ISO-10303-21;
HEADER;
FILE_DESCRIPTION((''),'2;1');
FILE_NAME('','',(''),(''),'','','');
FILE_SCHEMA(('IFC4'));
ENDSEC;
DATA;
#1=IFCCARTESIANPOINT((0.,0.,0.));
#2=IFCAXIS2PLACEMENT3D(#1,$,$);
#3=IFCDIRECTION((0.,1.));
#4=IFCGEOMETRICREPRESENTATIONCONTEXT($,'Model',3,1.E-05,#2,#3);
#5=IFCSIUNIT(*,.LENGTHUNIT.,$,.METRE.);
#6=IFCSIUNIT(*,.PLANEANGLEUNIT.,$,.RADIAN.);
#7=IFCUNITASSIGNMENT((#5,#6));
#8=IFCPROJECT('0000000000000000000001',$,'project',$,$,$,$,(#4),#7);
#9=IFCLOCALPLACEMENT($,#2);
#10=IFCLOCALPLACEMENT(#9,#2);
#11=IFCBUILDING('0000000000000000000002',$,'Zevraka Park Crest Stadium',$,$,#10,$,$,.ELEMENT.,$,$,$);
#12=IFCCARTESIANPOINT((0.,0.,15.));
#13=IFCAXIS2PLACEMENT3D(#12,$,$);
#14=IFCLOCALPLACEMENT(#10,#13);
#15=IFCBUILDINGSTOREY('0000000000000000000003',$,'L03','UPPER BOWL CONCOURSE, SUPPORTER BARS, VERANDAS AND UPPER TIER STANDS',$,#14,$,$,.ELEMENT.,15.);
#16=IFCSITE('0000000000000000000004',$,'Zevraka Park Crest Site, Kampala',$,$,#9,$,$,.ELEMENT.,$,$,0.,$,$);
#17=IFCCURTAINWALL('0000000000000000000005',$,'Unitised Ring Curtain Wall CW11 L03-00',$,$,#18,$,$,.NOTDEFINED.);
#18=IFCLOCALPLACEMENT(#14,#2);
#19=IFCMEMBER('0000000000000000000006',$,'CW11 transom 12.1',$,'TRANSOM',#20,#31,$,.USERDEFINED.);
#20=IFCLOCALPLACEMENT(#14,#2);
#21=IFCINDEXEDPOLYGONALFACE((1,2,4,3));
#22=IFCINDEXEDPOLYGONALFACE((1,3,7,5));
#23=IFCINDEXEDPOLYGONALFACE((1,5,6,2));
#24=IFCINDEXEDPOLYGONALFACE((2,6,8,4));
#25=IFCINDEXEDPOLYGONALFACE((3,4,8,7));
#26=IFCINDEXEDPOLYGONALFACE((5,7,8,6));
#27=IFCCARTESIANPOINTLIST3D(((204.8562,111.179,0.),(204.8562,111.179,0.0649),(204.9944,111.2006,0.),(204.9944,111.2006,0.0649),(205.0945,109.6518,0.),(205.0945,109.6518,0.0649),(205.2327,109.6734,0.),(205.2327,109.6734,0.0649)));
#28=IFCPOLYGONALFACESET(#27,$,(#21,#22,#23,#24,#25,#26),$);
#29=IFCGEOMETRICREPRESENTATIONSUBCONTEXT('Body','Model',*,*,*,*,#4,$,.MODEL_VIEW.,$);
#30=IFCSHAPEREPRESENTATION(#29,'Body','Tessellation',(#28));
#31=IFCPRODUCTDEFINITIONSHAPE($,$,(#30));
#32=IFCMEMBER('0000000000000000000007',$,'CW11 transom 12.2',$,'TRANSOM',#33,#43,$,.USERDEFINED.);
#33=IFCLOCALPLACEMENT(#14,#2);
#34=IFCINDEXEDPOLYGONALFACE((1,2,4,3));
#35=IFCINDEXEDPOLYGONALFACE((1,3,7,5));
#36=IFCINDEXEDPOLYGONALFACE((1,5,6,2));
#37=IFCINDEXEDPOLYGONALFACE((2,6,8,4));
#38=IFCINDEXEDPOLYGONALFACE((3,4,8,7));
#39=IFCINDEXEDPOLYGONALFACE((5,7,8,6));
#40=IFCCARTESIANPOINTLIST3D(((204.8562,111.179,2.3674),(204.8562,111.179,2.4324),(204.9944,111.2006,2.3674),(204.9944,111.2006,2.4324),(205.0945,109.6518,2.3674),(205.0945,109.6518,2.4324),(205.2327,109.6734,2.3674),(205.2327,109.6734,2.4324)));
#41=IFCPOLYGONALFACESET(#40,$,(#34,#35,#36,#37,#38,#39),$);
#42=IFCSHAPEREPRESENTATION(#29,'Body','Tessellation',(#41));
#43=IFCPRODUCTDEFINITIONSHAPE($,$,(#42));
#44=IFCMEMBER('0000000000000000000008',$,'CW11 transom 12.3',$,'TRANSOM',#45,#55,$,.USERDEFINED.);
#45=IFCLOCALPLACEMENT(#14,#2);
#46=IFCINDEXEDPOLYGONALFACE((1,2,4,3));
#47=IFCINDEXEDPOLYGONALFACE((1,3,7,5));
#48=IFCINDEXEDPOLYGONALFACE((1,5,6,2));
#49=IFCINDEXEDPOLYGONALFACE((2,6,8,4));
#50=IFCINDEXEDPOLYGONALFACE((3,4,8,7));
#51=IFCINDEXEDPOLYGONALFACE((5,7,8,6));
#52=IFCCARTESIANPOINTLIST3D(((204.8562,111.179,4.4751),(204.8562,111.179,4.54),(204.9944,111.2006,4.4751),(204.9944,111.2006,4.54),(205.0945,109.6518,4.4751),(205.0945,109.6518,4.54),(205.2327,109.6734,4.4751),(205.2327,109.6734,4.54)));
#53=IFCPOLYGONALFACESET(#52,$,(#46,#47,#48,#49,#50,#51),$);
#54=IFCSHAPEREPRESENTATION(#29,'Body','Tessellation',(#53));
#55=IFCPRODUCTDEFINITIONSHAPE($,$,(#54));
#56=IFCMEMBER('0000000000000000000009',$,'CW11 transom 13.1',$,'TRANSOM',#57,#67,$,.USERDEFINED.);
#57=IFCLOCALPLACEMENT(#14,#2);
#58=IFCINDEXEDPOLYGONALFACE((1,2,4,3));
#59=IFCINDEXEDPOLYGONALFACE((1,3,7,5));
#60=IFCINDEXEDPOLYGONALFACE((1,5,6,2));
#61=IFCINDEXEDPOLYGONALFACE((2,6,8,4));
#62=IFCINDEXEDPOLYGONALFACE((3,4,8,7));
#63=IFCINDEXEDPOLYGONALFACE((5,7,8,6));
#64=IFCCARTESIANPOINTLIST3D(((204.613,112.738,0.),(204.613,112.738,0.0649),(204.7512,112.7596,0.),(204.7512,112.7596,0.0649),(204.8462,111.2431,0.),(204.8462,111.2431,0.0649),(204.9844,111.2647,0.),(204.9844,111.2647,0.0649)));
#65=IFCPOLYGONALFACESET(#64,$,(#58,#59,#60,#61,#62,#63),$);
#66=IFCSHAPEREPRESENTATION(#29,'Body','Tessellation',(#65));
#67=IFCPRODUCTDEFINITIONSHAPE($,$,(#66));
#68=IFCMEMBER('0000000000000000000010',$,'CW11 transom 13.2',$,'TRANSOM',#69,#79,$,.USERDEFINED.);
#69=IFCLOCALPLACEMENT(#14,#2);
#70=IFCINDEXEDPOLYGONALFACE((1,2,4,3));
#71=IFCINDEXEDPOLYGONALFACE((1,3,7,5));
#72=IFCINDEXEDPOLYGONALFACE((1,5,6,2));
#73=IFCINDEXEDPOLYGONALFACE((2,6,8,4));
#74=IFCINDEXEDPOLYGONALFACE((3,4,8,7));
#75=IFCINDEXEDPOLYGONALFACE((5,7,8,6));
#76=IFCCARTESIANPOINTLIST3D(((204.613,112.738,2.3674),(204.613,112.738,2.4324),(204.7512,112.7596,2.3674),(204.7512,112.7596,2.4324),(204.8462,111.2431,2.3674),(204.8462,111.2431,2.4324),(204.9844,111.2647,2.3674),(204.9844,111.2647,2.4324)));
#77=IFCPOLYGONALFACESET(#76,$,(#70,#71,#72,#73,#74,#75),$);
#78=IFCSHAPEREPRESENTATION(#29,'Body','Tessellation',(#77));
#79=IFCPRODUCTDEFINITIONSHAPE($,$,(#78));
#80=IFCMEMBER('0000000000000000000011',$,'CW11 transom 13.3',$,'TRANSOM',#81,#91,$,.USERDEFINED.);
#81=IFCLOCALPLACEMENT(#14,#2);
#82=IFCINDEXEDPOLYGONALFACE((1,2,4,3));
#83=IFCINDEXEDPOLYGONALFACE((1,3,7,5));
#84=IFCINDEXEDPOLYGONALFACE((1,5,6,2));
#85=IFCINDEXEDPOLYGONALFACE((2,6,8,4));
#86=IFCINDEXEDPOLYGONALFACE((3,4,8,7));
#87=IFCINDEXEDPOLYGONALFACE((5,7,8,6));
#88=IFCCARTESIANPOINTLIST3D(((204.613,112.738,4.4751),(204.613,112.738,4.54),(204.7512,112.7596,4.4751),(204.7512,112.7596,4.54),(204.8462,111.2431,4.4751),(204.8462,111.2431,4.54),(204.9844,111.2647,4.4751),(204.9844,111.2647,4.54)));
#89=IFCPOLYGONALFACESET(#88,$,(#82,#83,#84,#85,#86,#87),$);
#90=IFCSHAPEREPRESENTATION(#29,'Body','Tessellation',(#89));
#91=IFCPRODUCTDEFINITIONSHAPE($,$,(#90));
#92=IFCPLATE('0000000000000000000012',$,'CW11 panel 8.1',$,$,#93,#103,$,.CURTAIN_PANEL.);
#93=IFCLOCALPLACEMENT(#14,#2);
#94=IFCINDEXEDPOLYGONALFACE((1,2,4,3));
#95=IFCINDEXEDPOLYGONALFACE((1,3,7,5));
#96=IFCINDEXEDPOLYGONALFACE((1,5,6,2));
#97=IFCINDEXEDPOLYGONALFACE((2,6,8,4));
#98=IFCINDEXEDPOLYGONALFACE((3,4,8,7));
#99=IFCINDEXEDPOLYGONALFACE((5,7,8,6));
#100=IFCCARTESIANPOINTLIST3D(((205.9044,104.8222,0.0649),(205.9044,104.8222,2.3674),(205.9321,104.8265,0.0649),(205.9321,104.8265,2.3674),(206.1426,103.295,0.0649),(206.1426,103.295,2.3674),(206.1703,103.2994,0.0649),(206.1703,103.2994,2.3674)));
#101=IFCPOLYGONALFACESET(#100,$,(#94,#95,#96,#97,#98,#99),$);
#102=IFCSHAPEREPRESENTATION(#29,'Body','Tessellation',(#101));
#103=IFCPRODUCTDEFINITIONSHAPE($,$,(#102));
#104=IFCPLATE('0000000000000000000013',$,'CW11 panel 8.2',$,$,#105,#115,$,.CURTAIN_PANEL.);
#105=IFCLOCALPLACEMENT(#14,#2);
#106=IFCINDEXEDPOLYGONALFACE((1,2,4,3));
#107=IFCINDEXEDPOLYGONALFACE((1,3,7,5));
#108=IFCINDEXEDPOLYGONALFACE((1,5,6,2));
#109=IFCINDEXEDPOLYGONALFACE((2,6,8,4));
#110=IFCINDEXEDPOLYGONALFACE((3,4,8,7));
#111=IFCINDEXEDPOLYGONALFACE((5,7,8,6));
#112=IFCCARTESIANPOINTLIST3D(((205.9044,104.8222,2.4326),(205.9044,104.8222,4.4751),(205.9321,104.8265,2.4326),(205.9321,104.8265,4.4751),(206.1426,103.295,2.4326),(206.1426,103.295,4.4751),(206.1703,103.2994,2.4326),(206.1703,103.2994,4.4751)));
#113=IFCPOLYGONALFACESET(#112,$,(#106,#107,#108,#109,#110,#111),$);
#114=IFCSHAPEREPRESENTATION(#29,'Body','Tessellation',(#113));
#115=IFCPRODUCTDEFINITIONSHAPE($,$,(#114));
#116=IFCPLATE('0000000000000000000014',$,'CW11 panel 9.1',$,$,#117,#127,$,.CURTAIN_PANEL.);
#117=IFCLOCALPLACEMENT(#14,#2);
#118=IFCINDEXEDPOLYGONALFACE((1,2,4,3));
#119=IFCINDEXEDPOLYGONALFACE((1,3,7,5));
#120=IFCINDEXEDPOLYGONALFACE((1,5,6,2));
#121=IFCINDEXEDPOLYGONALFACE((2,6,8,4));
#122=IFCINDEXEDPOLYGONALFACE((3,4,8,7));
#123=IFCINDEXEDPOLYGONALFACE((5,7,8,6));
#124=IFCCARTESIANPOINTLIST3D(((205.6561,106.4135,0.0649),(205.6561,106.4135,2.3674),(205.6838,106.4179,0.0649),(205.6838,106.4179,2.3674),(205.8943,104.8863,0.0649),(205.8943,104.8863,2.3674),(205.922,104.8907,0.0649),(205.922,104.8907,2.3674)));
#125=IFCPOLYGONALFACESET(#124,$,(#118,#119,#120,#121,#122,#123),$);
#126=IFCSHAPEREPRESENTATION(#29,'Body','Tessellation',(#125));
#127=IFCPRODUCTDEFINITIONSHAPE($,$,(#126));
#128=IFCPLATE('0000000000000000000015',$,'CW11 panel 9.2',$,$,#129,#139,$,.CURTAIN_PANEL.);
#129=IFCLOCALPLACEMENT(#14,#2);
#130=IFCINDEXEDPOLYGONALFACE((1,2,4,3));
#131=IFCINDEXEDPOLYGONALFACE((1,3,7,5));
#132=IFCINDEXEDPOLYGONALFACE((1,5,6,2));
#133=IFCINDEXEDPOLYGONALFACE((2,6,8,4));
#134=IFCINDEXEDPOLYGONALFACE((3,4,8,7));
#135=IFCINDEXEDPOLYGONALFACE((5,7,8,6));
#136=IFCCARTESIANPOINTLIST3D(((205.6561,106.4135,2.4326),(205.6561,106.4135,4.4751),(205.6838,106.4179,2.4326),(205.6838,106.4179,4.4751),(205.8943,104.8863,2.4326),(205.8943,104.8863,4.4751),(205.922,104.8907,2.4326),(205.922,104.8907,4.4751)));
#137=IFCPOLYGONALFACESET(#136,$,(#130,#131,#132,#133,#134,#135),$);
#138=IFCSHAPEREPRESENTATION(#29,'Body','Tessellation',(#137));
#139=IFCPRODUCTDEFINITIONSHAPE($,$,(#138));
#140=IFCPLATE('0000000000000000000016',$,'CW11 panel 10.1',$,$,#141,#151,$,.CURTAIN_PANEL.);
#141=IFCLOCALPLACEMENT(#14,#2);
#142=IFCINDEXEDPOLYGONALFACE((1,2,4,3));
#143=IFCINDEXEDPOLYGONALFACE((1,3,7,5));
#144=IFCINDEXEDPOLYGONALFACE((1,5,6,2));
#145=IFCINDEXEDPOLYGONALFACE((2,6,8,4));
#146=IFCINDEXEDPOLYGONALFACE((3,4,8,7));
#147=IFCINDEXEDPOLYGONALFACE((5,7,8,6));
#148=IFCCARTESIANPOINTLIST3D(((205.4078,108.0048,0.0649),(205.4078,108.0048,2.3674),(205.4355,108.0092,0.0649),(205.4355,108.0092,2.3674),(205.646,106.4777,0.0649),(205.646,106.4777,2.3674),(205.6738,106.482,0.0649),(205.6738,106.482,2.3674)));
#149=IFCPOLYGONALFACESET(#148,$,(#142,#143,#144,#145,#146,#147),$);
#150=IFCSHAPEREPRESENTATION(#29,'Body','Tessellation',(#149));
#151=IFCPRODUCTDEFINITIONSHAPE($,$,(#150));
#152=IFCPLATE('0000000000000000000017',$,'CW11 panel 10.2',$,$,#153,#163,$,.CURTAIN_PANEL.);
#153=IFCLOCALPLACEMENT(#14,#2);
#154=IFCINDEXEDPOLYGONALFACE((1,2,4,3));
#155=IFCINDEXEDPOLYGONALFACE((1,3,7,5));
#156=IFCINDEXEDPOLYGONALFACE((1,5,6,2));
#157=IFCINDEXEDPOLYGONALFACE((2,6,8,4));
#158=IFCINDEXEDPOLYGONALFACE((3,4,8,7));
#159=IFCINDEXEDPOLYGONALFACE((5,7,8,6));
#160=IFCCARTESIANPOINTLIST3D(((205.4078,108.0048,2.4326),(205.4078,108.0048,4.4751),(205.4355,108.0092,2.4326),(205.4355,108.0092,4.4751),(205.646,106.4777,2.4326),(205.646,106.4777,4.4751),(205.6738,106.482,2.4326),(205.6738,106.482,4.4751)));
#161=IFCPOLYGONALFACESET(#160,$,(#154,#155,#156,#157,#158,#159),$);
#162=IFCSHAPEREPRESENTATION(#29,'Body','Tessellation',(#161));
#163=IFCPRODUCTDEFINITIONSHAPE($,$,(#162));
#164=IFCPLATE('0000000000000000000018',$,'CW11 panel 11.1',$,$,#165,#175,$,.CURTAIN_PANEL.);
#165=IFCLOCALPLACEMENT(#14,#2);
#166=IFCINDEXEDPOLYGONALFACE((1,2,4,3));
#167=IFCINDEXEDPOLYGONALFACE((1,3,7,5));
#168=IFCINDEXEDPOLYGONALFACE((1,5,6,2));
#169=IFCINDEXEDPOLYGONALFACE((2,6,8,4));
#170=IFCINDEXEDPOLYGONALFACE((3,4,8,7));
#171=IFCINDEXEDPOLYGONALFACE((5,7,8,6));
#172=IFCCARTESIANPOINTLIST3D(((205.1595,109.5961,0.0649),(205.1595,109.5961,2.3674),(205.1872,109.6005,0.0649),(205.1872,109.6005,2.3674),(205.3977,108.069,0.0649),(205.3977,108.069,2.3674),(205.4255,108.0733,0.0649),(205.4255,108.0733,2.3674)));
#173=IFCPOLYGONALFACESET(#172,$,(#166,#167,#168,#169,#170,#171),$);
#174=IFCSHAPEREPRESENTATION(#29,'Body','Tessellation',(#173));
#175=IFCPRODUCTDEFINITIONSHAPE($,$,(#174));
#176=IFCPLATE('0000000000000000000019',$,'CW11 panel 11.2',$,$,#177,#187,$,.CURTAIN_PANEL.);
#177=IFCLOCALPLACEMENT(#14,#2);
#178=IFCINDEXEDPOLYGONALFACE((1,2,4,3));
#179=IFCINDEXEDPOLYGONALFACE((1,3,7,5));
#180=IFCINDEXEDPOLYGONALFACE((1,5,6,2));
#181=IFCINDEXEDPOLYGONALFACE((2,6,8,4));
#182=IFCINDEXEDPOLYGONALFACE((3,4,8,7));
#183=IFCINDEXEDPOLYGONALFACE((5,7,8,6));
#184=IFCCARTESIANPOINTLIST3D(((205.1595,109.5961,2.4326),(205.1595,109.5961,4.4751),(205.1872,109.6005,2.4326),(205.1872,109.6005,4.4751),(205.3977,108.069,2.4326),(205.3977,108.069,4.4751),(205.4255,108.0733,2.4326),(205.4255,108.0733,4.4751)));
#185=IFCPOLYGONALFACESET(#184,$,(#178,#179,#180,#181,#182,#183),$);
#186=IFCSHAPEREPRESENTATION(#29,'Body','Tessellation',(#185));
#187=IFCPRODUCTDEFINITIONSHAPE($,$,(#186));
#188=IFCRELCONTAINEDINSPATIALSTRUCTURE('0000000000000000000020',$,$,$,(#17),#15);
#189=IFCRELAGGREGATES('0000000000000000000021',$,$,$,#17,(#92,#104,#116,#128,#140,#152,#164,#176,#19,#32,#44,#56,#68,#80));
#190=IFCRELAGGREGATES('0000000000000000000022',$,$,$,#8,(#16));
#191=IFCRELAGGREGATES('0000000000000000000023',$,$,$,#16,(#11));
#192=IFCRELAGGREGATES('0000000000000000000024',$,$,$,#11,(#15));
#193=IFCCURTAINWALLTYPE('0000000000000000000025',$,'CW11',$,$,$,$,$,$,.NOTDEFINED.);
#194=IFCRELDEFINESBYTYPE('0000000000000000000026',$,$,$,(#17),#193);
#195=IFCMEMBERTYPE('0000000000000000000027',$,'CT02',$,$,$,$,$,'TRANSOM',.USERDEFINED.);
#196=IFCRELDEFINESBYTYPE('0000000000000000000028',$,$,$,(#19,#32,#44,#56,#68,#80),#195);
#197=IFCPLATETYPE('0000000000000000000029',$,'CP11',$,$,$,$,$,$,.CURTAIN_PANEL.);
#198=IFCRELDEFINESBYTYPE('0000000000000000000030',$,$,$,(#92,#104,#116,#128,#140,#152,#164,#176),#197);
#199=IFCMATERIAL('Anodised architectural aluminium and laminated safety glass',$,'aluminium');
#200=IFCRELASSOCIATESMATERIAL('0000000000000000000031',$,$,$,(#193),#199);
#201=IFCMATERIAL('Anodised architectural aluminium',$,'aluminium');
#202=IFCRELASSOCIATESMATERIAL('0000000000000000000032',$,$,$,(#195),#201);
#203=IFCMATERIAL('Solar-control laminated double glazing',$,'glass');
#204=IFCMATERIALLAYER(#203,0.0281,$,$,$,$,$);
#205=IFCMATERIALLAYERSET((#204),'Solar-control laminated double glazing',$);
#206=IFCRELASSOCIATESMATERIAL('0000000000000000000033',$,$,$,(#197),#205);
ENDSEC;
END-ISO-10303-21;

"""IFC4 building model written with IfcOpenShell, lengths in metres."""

from ifc_helpers import new_model, si_unit, direction, frame, origin, origin_2d, place, context, subcontext, project, spatial, rectangle, extrude, material, layer, layer_set, material_profile, profile_set, type_object, element, aggregate, save


model = new_model("IFC4")

# Units and contexts
model_context = context("Model", 3, precision=1e-05, world=origin(), true_north=direction((0.0, 1.0)))
body_context = subcontext(model_context, "Body", "Model", "MODEL_VIEW")
ifc_project = project(units=[si_unit("LENGTHUNIT", "METRE"), si_unit("PLANEANGLEUNIT", "RADIAN")], contexts=[model_context])

# Site, building, storey
site_placement = place(None, origin())
site = spatial("IfcSite", under=ifc_project, at=site_placement, Name="Zevraka Park Crest Site, Kampala", CompositionType="ELEMENT", RefElevation=0.0)
building_placement = place(site_placement, origin())
building = spatial("IfcBuilding", under=site, at=building_placement, Name="Zevraka Park Crest Stadium", CompositionType="ELEMENT")
storey_placement = place(building_placement, frame((0.0, 0.0, 15.0)))
storey = spatial("IfcBuildingStorey", under=building, at=storey_placement, Name="L03", Description="UPPER BOWL CONCOURSE, SUPPORTER BARS, VERANDAS AND UPPER TIER STANDS", CompositionType="ELEMENT", Elevation=15.0)

# Curtain wall, members, plates
ifc_material_1 = material(Name="Anodised architectural aluminium and laminated safety glass", Category="aluminium")
curtain_wall_type = type_object("IfcCurtainWallType", Name="CW11", PredefinedType="NOTDEFINED", material=ifc_material_1)
curtain_wall_placement = place(storey_placement, origin())
curtain_wall = element("IfcCurtainWall", 1, at=curtain_wall_placement, inside=storey, type_object=curtain_wall_type, Name="Unitised Ring Curtain Wall CW11 L03-00", PredefinedType="NOTDEFINED")
ifc_material_2 = material(Name="Anodised architectural aluminium", Category="aluminium")
ifc_material_profile_1 = material_profile(ifc_material_2, rectangle(XDim=0.1399, YDim=0.0649, at=origin_2d()), Name="ALU TRANSOM 140x65")
ifc_profile_set_1 = profile_set([ifc_material_profile_1], Name="Anodised architectural aluminium")
member_type_1 = type_object("IfcMemberType", Name="CT02", ElementType="TRANSOM", PredefinedType="USERDEFINED", material=ifc_profile_set_1)
member_1_placement = place(storey_placement, frame((205.1636, 109.6626, 0.0325), z_axis=(-0.15417, 0.988044, 0.0), x_axis=(-0.988044, -0.15417, 0.0)))
member_1 = element("IfcMember", 2, at=member_1_placement, type_object=member_type_1, Name="CW11 transom 12.1", ObjectType="TRANSOM", PredefinedType="USERDEFINED", context=body_context, shape_type="SweptSolid", body=[
    extrude(rectangle(XDim=0.1399, YDim=0.0649, at=origin_2d()), origin(), (0.0, 0.0, 1.0), 1.5457),
])
member_2_placement = place(storey_placement, frame((205.1636, 109.6626, 2.3999), z_axis=(-0.15417, 0.988044, 0.0), x_axis=(-0.988044, -0.15417, 0.0)))
member_2 = element("IfcMember", 3, at=member_2_placement, type_object=member_type_1, Name="CW11 transom 12.2", ObjectType="TRANSOM", PredefinedType="USERDEFINED", context=body_context, shape_type="SweptSolid", body=[
    extrude(rectangle(XDim=0.1399, YDim=0.0649, at=origin_2d()), origin(), (0.0, 0.0, 1.0), 1.5457),
])
member_3_placement = place(storey_placement, frame((205.1636, 109.6626, 4.5076), z_axis=(-0.15417, 0.988044, 0.0), x_axis=(-0.988044, -0.15417, 0.0)))
member_3 = element("IfcMember", 4, at=member_3_placement, type_object=member_type_1, Name="CW11 transom 12.3", ObjectType="TRANSOM", PredefinedType="USERDEFINED", context=body_context, shape_type="SweptSolid", body=[
    extrude(rectangle(XDim=0.1399, YDim=0.0649, at=origin_2d()), origin(), (0.0, 0.0, 1.0), 1.5457),
])
member_4_placement = place(storey_placement, frame((204.9153, 111.2539, 0.0325), z_axis=(-0.154106, 0.988054, 0.0), x_axis=(-0.988054, -0.154106, 0.0)))
member_4 = element("IfcMember", 5, at=member_4_placement, type_object=member_type_1, Name="CW11 transom 13.1", ObjectType="TRANSOM", PredefinedType="USERDEFINED", context=body_context, shape_type="SweptSolid", body=[
    extrude(rectangle(XDim=0.1399, YDim=0.0649, at=origin_2d()), origin(), (0.0, 0.0, 1.0), 1.5129),
])
member_5_placement = place(storey_placement, frame((204.9153, 111.2539, 2.3999), z_axis=(-0.154106, 0.988054, 0.0), x_axis=(-0.988054, -0.154106, 0.0)))
member_5 = element("IfcMember", 6, at=member_5_placement, type_object=member_type_1, Name="CW11 transom 13.2", ObjectType="TRANSOM", PredefinedType="USERDEFINED", context=body_context, shape_type="SweptSolid", body=[
    extrude(rectangle(XDim=0.1399, YDim=0.0649, at=origin_2d()), origin(), (0.0, 0.0, 1.0), 1.5129),
])
member_6_placement = place(storey_placement, frame((204.9153, 111.2539, 4.5076), z_axis=(-0.154106, 0.988054, 0.0), x_axis=(-0.988054, -0.154106, 0.0)))
member_6 = element("IfcMember", 7, at=member_6_placement, type_object=member_type_1, Name="CW11 transom 13.3", ObjectType="TRANSOM", PredefinedType="USERDEFINED", context=body_context, shape_type="SweptSolid", body=[
    extrude(rectangle(XDim=0.1399, YDim=0.0649, at=origin_2d()), origin(), (0.0, 0.0, 1.0), 1.5129),
])
ifc_material_3 = material(Name="Solar-control laminated double glazing", Category="glass")
ifc_layer_1 = layer(ifc_material_3, 0.0281)
ifc_layer_set_1 = layer_set([ifc_layer_1], Name="Solar-control laminated double glazing")
plate_type = type_object("IfcPlateType", Name="CP11", PredefinedType="CURTAIN_PANEL", material=ifc_layer_set_1)
plate_1_placement = place(storey_placement, frame((206.0374, 104.0608, 0.0649), z_axis=(0.0, 0.0, 1.0), x_axis=(-0.154128, 0.988051, 0.0)))
plate_1 = element("IfcPlate", 8, at=plate_1_placement, type_object=plate_type, Name="CW11 panel 8.1", PredefinedType="CURTAIN_PANEL", context=body_context, shape_type="SweptSolid", body=[
    extrude(rectangle(XDim=1.5457, YDim=0.0281, at=origin_2d()), origin(), (0.0, 0.0, 1.0), 2.3025),
])
plate_2_placement = place(storey_placement, frame((206.0374, 104.0608, 2.4326), z_axis=(0.0, 0.0, 1.0), x_axis=(-0.154128, 0.988051, 0.0)))
plate_2 = element("IfcPlate", 9, at=plate_2_placement, type_object=plate_type, Name="CW11 panel 8.2", PredefinedType="CURTAIN_PANEL", context=body_context, shape_type="SweptSolid", body=[
    extrude(rectangle(XDim=1.5457, YDim=0.0281, at=origin_2d()), origin(), (0.0, 0.0, 1.0), 2.0425),
])
plate_3_placement = place(storey_placement, frame((205.7891, 105.6521, 0.0649), z_axis=(0.0, 0.0, 1.0), x_axis=(-0.154128, 0.988051, 0.0)))
plate_3 = element("IfcPlate", 10, at=plate_3_placement, type_object=plate_type, Name="CW11 panel 9.1", PredefinedType="CURTAIN_PANEL", context=body_context, shape_type="SweptSolid", body=[
    extrude(rectangle(XDim=1.5457, YDim=0.0281, at=origin_2d()), origin(), (0.0, 0.0, 1.0), 2.3025),
])
plate_4_placement = place(storey_placement, frame((205.7891, 105.6521, 2.4326), z_axis=(0.0, 0.0, 1.0), x_axis=(-0.154128, 0.988051, 0.0)))
plate_4 = element("IfcPlate", 11, at=plate_4_placement, type_object=plate_type, Name="CW11 panel 9.2", PredefinedType="CURTAIN_PANEL", context=body_context, shape_type="SweptSolid", body=[
    extrude(rectangle(XDim=1.5457, YDim=0.0281, at=origin_2d()), origin(), (0.0, 0.0, 1.0), 2.0425),
])
plate_5_placement = place(storey_placement, frame((205.5408, 107.2434, 0.0649), z_axis=(0.0, 0.0, 1.0), x_axis=(-0.154128, 0.988051, 0.0)))
plate_5 = element("IfcPlate", 12, at=plate_5_placement, type_object=plate_type, Name="CW11 panel 10.1", PredefinedType="CURTAIN_PANEL", context=body_context, shape_type="SweptSolid", body=[
    extrude(rectangle(XDim=1.5457, YDim=0.0281, at=origin_2d()), origin(), (0.0, 0.0, 1.0), 2.3025),
])
plate_6_placement = place(storey_placement, frame((205.5408, 107.2434, 2.4326), z_axis=(0.0, 0.0, 1.0), x_axis=(-0.154128, 0.988051, 0.0)))
plate_6 = element("IfcPlate", 13, at=plate_6_placement, type_object=plate_type, Name="CW11 panel 10.2", PredefinedType="CURTAIN_PANEL", context=body_context, shape_type="SweptSolid", body=[
    extrude(rectangle(XDim=1.5457, YDim=0.0281, at=origin_2d()), origin(), (0.0, 0.0, 1.0), 2.0425),
])
plate_7_placement = place(storey_placement, frame((205.2925, 108.8347, 0.0649), z_axis=(0.0, 0.0, 1.0), x_axis=(-0.154128, 0.988051, 0.0)))
plate_7 = element("IfcPlate", 14, at=plate_7_placement, type_object=plate_type, Name="CW11 panel 11.1", PredefinedType="CURTAIN_PANEL", context=body_context, shape_type="SweptSolid", body=[
    extrude(rectangle(XDim=1.5457, YDim=0.0281, at=origin_2d()), origin(), (0.0, 0.0, 1.0), 2.3025),
])
plate_8_placement = place(storey_placement, frame((205.2925, 108.8347, 2.4326), z_axis=(0.0, 0.0, 1.0), x_axis=(-0.154128, 0.988051, 0.0)))
plate_8 = element("IfcPlate", 15, at=plate_8_placement, type_object=plate_type, Name="CW11 panel 11.2", PredefinedType="CURTAIN_PANEL", context=body_context, shape_type="SweptSolid", body=[
    extrude(rectangle(XDim=1.5457, YDim=0.0281, at=origin_2d()), origin(), (0.0, 0.0, 1.0), 2.0425),
])
aggregate(curtain_wall, [plate_1, plate_2, plate_3, plate_4, plate_5, plate_6, plate_7, plate_8, member_1, member_2, member_3, member_4, member_5, member_6])

save(model, "model.ifc")
